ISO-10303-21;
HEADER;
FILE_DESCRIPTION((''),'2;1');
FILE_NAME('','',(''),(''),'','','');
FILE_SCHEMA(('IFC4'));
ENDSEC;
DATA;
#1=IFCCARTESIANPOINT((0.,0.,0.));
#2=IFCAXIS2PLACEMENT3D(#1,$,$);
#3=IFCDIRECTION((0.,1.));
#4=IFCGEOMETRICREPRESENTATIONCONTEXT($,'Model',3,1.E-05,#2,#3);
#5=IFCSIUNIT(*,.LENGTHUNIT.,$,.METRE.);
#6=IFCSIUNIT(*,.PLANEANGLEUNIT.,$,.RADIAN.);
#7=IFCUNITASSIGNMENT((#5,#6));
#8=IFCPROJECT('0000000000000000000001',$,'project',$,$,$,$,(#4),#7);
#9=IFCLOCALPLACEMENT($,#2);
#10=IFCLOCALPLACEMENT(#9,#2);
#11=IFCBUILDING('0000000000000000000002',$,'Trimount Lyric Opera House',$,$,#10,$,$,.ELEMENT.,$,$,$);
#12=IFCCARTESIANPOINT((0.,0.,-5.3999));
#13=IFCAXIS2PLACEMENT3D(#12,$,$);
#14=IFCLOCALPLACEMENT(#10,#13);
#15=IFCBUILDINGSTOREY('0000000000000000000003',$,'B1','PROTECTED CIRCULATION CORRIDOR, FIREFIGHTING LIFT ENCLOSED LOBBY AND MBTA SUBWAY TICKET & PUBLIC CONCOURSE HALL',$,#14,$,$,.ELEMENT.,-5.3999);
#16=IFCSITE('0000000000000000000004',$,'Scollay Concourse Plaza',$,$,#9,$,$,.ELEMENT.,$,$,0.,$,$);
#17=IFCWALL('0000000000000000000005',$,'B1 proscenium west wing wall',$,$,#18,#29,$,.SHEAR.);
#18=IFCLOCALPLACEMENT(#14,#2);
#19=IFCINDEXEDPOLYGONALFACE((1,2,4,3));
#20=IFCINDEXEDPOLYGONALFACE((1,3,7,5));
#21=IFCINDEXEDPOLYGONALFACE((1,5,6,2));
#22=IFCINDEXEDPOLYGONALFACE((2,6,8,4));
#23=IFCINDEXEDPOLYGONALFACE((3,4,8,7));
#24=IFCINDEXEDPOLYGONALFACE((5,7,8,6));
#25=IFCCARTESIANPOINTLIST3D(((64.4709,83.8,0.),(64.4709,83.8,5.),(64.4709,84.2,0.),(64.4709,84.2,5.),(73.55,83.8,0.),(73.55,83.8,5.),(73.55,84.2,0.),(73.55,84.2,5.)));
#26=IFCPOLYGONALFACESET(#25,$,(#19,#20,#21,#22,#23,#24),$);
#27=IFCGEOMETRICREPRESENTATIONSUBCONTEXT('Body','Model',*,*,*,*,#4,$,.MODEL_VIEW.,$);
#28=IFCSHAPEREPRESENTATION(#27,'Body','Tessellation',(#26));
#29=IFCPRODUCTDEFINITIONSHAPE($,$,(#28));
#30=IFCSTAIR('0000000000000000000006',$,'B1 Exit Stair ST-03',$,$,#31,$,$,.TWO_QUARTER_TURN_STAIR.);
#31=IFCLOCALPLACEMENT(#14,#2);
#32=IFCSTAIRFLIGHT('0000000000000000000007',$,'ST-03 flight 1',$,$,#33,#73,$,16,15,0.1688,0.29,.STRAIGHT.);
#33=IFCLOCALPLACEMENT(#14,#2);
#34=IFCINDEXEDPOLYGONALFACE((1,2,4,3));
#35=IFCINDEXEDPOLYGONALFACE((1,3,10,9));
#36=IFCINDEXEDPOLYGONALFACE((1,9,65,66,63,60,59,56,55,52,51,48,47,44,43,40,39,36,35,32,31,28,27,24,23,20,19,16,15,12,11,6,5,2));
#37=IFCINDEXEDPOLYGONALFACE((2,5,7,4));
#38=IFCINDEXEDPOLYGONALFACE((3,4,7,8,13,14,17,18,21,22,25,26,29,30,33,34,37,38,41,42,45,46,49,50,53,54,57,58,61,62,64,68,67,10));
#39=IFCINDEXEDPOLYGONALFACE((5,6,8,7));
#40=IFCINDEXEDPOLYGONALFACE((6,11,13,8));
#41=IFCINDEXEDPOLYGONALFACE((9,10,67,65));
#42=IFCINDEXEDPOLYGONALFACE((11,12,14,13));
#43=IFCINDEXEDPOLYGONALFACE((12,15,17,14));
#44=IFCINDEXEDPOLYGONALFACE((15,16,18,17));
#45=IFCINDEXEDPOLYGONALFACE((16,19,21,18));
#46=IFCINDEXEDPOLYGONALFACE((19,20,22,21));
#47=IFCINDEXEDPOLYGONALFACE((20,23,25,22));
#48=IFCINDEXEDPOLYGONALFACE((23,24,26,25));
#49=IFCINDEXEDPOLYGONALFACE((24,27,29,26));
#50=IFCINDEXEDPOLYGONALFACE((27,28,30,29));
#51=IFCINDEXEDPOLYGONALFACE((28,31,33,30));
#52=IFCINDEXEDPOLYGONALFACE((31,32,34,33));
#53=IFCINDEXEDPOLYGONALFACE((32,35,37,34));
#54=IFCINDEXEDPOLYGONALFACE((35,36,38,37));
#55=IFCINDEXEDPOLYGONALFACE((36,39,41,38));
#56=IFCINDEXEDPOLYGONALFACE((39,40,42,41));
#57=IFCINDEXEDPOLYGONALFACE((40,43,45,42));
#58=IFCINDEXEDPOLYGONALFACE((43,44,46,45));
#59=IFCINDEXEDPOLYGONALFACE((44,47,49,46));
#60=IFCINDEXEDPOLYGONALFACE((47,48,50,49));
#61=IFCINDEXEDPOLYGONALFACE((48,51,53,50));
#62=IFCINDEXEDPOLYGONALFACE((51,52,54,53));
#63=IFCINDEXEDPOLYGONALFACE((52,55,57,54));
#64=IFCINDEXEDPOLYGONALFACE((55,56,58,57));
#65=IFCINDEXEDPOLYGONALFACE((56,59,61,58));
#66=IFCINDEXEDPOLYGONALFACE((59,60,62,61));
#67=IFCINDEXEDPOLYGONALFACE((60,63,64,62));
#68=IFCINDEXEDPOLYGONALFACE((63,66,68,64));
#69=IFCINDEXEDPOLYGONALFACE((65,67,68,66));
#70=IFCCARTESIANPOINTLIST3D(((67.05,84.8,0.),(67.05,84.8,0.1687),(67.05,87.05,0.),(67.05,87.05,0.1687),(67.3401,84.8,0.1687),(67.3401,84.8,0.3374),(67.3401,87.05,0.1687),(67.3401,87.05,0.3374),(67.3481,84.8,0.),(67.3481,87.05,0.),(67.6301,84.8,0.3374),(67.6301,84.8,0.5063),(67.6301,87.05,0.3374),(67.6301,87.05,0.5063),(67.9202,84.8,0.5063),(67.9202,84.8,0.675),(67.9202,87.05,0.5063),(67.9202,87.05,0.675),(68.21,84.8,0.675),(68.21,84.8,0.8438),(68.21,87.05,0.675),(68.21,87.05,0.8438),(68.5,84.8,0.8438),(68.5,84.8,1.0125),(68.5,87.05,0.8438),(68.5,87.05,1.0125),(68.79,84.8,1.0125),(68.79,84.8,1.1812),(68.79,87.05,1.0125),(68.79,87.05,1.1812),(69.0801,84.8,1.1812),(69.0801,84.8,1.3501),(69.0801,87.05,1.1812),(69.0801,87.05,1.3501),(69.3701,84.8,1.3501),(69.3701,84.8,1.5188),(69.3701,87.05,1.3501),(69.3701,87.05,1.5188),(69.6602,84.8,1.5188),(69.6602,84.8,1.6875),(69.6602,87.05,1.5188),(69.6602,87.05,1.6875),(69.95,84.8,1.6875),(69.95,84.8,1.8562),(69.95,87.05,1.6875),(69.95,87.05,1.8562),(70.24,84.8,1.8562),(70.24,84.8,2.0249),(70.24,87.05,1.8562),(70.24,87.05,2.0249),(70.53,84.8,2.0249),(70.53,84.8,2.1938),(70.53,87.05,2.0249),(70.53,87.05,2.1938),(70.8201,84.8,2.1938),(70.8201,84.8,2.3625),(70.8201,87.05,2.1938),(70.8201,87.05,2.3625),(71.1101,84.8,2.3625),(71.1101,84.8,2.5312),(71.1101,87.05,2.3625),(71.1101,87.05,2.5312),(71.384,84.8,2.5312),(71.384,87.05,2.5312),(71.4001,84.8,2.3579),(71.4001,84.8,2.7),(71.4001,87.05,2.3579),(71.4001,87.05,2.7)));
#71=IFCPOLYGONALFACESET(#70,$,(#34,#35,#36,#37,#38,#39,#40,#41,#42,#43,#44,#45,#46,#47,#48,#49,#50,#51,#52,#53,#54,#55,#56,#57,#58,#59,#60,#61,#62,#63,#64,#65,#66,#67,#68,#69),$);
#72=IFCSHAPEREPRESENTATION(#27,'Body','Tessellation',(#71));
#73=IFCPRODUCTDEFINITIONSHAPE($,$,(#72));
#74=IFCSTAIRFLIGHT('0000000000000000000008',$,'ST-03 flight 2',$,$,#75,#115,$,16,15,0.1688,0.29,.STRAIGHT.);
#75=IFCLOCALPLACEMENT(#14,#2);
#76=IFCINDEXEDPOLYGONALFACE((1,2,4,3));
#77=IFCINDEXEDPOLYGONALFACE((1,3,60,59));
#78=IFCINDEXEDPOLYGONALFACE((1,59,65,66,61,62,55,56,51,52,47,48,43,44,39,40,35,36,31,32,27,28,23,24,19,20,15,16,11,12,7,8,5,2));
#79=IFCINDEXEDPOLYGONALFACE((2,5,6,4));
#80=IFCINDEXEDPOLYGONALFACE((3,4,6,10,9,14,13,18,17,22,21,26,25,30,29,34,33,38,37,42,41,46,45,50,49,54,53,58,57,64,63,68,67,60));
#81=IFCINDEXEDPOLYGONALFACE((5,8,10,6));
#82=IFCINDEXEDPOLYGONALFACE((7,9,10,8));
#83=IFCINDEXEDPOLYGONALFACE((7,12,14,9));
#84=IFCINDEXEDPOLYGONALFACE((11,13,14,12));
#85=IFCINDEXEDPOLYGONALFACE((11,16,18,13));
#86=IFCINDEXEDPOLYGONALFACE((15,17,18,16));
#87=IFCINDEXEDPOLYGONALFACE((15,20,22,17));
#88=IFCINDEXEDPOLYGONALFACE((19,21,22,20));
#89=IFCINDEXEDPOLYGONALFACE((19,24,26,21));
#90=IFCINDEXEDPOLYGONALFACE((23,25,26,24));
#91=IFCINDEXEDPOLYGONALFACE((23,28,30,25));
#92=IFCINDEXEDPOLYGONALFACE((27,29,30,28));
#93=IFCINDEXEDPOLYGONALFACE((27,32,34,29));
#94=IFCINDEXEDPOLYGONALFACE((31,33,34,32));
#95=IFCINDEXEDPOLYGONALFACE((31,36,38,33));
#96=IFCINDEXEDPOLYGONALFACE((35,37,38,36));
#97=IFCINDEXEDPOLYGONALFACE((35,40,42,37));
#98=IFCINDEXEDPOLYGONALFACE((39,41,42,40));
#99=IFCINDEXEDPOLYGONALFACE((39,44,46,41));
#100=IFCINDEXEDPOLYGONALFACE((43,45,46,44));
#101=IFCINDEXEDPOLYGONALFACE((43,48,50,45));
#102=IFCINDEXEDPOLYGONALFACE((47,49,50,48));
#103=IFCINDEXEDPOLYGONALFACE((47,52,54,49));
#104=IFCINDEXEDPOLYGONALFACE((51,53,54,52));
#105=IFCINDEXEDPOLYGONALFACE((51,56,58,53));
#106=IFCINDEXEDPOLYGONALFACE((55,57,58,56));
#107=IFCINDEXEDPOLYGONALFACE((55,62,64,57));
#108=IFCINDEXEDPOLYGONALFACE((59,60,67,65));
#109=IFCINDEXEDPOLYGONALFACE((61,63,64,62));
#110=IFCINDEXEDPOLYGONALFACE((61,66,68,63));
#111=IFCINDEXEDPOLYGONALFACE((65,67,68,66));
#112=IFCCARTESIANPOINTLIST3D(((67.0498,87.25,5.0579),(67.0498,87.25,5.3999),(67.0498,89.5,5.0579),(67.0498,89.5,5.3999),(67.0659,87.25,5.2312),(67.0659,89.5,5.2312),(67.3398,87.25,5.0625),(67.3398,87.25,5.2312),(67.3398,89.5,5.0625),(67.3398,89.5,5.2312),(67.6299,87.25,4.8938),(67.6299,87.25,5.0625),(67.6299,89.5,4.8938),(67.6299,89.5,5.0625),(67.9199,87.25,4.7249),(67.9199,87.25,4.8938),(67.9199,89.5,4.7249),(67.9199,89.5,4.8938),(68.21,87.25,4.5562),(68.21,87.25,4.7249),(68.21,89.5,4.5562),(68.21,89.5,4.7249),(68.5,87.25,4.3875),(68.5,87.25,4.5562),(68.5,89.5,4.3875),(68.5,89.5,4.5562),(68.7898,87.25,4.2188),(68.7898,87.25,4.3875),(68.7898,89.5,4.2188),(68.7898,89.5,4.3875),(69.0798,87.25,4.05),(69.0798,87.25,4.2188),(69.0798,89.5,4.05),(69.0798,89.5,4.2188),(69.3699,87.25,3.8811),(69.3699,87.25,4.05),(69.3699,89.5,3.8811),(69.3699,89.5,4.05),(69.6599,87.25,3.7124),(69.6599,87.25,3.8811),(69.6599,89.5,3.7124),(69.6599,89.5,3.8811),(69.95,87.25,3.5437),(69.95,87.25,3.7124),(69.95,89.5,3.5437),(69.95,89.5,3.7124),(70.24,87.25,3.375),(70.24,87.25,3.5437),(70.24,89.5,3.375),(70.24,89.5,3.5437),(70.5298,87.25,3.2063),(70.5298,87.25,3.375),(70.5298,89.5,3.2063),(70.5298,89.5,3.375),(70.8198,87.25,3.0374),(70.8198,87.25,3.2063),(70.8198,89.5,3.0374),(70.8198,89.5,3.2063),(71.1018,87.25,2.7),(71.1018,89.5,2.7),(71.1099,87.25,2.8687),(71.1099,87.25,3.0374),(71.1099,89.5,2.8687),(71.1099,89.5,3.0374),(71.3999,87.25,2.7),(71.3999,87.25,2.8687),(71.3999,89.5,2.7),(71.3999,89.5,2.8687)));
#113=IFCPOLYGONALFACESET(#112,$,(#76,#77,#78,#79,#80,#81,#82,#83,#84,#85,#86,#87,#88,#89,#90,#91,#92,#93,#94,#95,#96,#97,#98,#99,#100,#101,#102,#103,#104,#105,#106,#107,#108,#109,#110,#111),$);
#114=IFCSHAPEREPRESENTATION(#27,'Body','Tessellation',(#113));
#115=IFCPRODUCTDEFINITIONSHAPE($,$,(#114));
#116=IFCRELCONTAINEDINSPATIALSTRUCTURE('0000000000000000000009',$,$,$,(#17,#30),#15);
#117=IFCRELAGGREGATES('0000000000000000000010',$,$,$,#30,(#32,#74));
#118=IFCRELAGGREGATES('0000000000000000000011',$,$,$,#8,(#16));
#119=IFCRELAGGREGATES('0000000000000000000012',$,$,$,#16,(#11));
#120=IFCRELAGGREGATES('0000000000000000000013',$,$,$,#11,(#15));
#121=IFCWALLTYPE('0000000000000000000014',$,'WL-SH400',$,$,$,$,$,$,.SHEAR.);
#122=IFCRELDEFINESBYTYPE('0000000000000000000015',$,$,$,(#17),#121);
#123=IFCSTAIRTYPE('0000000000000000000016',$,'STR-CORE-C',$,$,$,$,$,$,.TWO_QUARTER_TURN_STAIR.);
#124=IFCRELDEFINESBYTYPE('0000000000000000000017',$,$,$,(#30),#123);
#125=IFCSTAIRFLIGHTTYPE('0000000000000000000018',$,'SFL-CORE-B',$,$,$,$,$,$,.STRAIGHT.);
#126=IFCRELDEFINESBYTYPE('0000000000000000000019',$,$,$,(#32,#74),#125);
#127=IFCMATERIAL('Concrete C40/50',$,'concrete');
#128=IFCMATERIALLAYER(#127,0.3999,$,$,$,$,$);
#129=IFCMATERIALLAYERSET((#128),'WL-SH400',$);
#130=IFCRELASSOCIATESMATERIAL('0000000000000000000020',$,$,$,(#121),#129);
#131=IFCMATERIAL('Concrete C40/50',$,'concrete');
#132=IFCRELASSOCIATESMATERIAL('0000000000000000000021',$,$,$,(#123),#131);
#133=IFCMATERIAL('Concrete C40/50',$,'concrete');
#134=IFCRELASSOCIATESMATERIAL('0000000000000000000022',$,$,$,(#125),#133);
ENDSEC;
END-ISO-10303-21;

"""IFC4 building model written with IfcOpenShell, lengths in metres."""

from ifc_helpers import new_model, si_unit, direction, frame, frame_2d, origin, place, context, subcontext, project, spatial, polyline, rectangle, outline, extrude, material, layer, layer_set, type_object, element, aggregate, save


model = new_model("IFC4")

# Units and contexts
model_context = context("Model", 3, precision=1e-05, world=origin(), true_north=direction((0.0, 1.0)))
body_context = subcontext(model_context, "Body", "Model", "MODEL_VIEW")
ifc_project = project(units=[si_unit("LENGTHUNIT", "METRE"), si_unit("PLANEANGLEUNIT", "RADIAN")], contexts=[model_context])

# Site, building, storey
site_placement = place(None, origin())
site = spatial("IfcSite", under=ifc_project, at=site_placement, Name="Scollay Concourse Plaza", CompositionType="ELEMENT", RefElevation=0.0)
building_placement = place(site_placement, origin())
building = spatial("IfcBuilding", under=site, at=building_placement, Name="Trimount Lyric Opera House", CompositionType="ELEMENT")
storey_placement = place(building_placement, frame((0.0, 0.0, -5.3999)))
storey = spatial("IfcBuildingStorey", under=building, at=storey_placement, Name="B1", Description="PROTECTED CIRCULATION CORRIDOR, FIREFIGHTING LIFT ENCLOSED LOBBY AND MBTA SUBWAY TICKET & PUBLIC CONCOURSE HALL", CompositionType="ELEMENT", Elevation=-5.3999)

# Wall
ifc_material_1 = material(Name="Concrete C40/50", Category="concrete")
ifc_layer_1 = layer(ifc_material_1, 0.3999)
ifc_layer_set_1 = layer_set([ifc_layer_1], Name="WL-SH400")
wall_type_1 = type_object("IfcWallType", Name="WL-SH400", PredefinedType="SHEAR", material=ifc_layer_set_1)
wall_1_placement = place(storey_placement, frame((64.4709, 84.0, 0.0), z_axis=(0.0, 0.0, 1.0), x_axis=(1.0, 0.0, 0.0)))
element("IfcWall", 1, at=wall_1_placement, inside=storey, type_object=wall_type_1, Name="B1 proscenium west wing wall", PredefinedType="SHEAR", context=body_context, shape_type="SweptSolid", body=[
    extrude(rectangle(XDim=9.0791, YDim=0.3999, at=frame_2d((4.5396, 0.0))), origin(), (0.0, 0.0, 1.0), 5.0),
])

# Stair, stair flights
ifc_material_2 = material(Name="Concrete C40/50", Category="concrete")
stair_type = type_object("IfcStairType", Name="STR-CORE-C", PredefinedType="TWO_QUARTER_TURN_STAIR", material=ifc_material_2)
stair_placement = place(storey_placement, origin())
stair = element("IfcStair", 2, at=stair_placement, inside=storey, type_object=stair_type, Name="B1 Exit Stair ST-03", PredefinedType="TWO_QUARTER_TURN_STAIR")
ifc_material_3 = material(Name="Concrete C40/50", Category="concrete")
stair_flight_type = type_object("IfcStairFlightType", Name="SFL-CORE-B", PredefinedType="STRAIGHT", material=ifc_material_3)
stair_flight_1_placement = place(storey_placement, frame((67.05, 85.925, 0.0), z_axis=(0.0, 0.0, 1.0), x_axis=(1.0, 0.0, 0.0)))
stair_flight_1 = element("IfcStairFlight", 3, at=stair_flight_1_placement, type_object=stair_flight_type, Name="ST-03 flight 1", NumberOfRisers=16, NumberOfTreads=15, PredefinedType="STRAIGHT", RiserHeight=0.1688, TreadLength=0.29, context=body_context, shape_type="SweptSolid", body=[
    extrude(outline(polyline([(0.0, 0.0), (0.0, 0.1687), (0.29, 0.1687), (0.29, 0.3374), (0.5801, 0.3374), (0.5801, 0.5063), (0.8701, 0.5063), (0.8701, 0.675), (1.1599, 0.675), (1.1599, 0.8438), (1.45, 0.8438), (1.45, 1.0125), (1.74, 1.0125), (1.74, 1.1812), (2.03, 1.1812), (2.03, 1.3501), (2.3201, 1.3501), (2.3201, 1.5188), (2.6101, 1.5188), (2.6101, 1.6875), (2.8999, 1.6875), (2.8999, 1.8562), (3.1899, 1.8562), (3.1899, 2.0249), (3.48, 2.0249), (3.48, 2.1938), (3.77, 2.1938), (3.77, 2.3625), (4.0601, 2.3625), (4.0601, 2.5312), (4.334, 2.5312), (4.3501, 2.7), (4.3501, 2.3579), (0.2981, 0.0), (0.0, 0.0)])), frame((0.0, 1.125, 0.0), z_axis=(0.0, -1.0, 0.0), x_axis=(1.0, 0.0, 0.0)), (0.0, 0.0, 1.0), 2.25),
])
stair_flight_2_placement = place(storey_placement, frame((71.3999, 88.375, 2.7), z_axis=(0.0, 0.0, 1.0), x_axis=(-1.0, 0.0, 0.0)))
stair_flight_2 = element("IfcStairFlight", 4, at=stair_flight_2_placement, type_object=stair_flight_type, Name="ST-03 flight 2", NumberOfRisers=16, NumberOfTreads=15, PredefinedType="STRAIGHT", RiserHeight=0.1688, TreadLength=0.29, context=body_context, shape_type="SweptSolid", body=[
    extrude(outline(polyline([(0.0, 0.0), (0.0, 0.1687), (0.29, 0.1687), (0.29, 0.3374), (0.5801, 0.3374), (0.5801, 0.5063), (0.8701, 0.5063), (0.8701, 0.675), (1.1599, 0.675), (1.1599, 0.8438), (1.45, 0.8438), (1.45, 1.0125), (1.74, 1.0125), (1.74, 1.1812), (2.03, 1.1812), (2.03, 1.3501), (2.3201, 1.3501), (2.3201, 1.5188), (2.6101, 1.5188), (2.6101, 1.6875), (2.8999, 1.6875), (2.8999, 1.8562), (3.1899, 1.8562), (3.1899, 2.0249), (3.48, 2.0249), (3.48, 2.1938), (3.77, 2.1938), (3.77, 2.3625), (4.0601, 2.3625), (4.0601, 2.5312), (4.334, 2.5312), (4.3501, 2.7), (4.3501, 2.3579), (0.2981, 0.0), (0.0, 0.0)])), frame((0.0, 1.125, 0.0), z_axis=(0.0, -1.0, 0.0), x_axis=(1.0, 0.0, 0.0)), (0.0, 0.0, 1.0), 2.25),
])
aggregate(stair, [stair_flight_1, stair_flight_2])

save(model, "model.ifc")
